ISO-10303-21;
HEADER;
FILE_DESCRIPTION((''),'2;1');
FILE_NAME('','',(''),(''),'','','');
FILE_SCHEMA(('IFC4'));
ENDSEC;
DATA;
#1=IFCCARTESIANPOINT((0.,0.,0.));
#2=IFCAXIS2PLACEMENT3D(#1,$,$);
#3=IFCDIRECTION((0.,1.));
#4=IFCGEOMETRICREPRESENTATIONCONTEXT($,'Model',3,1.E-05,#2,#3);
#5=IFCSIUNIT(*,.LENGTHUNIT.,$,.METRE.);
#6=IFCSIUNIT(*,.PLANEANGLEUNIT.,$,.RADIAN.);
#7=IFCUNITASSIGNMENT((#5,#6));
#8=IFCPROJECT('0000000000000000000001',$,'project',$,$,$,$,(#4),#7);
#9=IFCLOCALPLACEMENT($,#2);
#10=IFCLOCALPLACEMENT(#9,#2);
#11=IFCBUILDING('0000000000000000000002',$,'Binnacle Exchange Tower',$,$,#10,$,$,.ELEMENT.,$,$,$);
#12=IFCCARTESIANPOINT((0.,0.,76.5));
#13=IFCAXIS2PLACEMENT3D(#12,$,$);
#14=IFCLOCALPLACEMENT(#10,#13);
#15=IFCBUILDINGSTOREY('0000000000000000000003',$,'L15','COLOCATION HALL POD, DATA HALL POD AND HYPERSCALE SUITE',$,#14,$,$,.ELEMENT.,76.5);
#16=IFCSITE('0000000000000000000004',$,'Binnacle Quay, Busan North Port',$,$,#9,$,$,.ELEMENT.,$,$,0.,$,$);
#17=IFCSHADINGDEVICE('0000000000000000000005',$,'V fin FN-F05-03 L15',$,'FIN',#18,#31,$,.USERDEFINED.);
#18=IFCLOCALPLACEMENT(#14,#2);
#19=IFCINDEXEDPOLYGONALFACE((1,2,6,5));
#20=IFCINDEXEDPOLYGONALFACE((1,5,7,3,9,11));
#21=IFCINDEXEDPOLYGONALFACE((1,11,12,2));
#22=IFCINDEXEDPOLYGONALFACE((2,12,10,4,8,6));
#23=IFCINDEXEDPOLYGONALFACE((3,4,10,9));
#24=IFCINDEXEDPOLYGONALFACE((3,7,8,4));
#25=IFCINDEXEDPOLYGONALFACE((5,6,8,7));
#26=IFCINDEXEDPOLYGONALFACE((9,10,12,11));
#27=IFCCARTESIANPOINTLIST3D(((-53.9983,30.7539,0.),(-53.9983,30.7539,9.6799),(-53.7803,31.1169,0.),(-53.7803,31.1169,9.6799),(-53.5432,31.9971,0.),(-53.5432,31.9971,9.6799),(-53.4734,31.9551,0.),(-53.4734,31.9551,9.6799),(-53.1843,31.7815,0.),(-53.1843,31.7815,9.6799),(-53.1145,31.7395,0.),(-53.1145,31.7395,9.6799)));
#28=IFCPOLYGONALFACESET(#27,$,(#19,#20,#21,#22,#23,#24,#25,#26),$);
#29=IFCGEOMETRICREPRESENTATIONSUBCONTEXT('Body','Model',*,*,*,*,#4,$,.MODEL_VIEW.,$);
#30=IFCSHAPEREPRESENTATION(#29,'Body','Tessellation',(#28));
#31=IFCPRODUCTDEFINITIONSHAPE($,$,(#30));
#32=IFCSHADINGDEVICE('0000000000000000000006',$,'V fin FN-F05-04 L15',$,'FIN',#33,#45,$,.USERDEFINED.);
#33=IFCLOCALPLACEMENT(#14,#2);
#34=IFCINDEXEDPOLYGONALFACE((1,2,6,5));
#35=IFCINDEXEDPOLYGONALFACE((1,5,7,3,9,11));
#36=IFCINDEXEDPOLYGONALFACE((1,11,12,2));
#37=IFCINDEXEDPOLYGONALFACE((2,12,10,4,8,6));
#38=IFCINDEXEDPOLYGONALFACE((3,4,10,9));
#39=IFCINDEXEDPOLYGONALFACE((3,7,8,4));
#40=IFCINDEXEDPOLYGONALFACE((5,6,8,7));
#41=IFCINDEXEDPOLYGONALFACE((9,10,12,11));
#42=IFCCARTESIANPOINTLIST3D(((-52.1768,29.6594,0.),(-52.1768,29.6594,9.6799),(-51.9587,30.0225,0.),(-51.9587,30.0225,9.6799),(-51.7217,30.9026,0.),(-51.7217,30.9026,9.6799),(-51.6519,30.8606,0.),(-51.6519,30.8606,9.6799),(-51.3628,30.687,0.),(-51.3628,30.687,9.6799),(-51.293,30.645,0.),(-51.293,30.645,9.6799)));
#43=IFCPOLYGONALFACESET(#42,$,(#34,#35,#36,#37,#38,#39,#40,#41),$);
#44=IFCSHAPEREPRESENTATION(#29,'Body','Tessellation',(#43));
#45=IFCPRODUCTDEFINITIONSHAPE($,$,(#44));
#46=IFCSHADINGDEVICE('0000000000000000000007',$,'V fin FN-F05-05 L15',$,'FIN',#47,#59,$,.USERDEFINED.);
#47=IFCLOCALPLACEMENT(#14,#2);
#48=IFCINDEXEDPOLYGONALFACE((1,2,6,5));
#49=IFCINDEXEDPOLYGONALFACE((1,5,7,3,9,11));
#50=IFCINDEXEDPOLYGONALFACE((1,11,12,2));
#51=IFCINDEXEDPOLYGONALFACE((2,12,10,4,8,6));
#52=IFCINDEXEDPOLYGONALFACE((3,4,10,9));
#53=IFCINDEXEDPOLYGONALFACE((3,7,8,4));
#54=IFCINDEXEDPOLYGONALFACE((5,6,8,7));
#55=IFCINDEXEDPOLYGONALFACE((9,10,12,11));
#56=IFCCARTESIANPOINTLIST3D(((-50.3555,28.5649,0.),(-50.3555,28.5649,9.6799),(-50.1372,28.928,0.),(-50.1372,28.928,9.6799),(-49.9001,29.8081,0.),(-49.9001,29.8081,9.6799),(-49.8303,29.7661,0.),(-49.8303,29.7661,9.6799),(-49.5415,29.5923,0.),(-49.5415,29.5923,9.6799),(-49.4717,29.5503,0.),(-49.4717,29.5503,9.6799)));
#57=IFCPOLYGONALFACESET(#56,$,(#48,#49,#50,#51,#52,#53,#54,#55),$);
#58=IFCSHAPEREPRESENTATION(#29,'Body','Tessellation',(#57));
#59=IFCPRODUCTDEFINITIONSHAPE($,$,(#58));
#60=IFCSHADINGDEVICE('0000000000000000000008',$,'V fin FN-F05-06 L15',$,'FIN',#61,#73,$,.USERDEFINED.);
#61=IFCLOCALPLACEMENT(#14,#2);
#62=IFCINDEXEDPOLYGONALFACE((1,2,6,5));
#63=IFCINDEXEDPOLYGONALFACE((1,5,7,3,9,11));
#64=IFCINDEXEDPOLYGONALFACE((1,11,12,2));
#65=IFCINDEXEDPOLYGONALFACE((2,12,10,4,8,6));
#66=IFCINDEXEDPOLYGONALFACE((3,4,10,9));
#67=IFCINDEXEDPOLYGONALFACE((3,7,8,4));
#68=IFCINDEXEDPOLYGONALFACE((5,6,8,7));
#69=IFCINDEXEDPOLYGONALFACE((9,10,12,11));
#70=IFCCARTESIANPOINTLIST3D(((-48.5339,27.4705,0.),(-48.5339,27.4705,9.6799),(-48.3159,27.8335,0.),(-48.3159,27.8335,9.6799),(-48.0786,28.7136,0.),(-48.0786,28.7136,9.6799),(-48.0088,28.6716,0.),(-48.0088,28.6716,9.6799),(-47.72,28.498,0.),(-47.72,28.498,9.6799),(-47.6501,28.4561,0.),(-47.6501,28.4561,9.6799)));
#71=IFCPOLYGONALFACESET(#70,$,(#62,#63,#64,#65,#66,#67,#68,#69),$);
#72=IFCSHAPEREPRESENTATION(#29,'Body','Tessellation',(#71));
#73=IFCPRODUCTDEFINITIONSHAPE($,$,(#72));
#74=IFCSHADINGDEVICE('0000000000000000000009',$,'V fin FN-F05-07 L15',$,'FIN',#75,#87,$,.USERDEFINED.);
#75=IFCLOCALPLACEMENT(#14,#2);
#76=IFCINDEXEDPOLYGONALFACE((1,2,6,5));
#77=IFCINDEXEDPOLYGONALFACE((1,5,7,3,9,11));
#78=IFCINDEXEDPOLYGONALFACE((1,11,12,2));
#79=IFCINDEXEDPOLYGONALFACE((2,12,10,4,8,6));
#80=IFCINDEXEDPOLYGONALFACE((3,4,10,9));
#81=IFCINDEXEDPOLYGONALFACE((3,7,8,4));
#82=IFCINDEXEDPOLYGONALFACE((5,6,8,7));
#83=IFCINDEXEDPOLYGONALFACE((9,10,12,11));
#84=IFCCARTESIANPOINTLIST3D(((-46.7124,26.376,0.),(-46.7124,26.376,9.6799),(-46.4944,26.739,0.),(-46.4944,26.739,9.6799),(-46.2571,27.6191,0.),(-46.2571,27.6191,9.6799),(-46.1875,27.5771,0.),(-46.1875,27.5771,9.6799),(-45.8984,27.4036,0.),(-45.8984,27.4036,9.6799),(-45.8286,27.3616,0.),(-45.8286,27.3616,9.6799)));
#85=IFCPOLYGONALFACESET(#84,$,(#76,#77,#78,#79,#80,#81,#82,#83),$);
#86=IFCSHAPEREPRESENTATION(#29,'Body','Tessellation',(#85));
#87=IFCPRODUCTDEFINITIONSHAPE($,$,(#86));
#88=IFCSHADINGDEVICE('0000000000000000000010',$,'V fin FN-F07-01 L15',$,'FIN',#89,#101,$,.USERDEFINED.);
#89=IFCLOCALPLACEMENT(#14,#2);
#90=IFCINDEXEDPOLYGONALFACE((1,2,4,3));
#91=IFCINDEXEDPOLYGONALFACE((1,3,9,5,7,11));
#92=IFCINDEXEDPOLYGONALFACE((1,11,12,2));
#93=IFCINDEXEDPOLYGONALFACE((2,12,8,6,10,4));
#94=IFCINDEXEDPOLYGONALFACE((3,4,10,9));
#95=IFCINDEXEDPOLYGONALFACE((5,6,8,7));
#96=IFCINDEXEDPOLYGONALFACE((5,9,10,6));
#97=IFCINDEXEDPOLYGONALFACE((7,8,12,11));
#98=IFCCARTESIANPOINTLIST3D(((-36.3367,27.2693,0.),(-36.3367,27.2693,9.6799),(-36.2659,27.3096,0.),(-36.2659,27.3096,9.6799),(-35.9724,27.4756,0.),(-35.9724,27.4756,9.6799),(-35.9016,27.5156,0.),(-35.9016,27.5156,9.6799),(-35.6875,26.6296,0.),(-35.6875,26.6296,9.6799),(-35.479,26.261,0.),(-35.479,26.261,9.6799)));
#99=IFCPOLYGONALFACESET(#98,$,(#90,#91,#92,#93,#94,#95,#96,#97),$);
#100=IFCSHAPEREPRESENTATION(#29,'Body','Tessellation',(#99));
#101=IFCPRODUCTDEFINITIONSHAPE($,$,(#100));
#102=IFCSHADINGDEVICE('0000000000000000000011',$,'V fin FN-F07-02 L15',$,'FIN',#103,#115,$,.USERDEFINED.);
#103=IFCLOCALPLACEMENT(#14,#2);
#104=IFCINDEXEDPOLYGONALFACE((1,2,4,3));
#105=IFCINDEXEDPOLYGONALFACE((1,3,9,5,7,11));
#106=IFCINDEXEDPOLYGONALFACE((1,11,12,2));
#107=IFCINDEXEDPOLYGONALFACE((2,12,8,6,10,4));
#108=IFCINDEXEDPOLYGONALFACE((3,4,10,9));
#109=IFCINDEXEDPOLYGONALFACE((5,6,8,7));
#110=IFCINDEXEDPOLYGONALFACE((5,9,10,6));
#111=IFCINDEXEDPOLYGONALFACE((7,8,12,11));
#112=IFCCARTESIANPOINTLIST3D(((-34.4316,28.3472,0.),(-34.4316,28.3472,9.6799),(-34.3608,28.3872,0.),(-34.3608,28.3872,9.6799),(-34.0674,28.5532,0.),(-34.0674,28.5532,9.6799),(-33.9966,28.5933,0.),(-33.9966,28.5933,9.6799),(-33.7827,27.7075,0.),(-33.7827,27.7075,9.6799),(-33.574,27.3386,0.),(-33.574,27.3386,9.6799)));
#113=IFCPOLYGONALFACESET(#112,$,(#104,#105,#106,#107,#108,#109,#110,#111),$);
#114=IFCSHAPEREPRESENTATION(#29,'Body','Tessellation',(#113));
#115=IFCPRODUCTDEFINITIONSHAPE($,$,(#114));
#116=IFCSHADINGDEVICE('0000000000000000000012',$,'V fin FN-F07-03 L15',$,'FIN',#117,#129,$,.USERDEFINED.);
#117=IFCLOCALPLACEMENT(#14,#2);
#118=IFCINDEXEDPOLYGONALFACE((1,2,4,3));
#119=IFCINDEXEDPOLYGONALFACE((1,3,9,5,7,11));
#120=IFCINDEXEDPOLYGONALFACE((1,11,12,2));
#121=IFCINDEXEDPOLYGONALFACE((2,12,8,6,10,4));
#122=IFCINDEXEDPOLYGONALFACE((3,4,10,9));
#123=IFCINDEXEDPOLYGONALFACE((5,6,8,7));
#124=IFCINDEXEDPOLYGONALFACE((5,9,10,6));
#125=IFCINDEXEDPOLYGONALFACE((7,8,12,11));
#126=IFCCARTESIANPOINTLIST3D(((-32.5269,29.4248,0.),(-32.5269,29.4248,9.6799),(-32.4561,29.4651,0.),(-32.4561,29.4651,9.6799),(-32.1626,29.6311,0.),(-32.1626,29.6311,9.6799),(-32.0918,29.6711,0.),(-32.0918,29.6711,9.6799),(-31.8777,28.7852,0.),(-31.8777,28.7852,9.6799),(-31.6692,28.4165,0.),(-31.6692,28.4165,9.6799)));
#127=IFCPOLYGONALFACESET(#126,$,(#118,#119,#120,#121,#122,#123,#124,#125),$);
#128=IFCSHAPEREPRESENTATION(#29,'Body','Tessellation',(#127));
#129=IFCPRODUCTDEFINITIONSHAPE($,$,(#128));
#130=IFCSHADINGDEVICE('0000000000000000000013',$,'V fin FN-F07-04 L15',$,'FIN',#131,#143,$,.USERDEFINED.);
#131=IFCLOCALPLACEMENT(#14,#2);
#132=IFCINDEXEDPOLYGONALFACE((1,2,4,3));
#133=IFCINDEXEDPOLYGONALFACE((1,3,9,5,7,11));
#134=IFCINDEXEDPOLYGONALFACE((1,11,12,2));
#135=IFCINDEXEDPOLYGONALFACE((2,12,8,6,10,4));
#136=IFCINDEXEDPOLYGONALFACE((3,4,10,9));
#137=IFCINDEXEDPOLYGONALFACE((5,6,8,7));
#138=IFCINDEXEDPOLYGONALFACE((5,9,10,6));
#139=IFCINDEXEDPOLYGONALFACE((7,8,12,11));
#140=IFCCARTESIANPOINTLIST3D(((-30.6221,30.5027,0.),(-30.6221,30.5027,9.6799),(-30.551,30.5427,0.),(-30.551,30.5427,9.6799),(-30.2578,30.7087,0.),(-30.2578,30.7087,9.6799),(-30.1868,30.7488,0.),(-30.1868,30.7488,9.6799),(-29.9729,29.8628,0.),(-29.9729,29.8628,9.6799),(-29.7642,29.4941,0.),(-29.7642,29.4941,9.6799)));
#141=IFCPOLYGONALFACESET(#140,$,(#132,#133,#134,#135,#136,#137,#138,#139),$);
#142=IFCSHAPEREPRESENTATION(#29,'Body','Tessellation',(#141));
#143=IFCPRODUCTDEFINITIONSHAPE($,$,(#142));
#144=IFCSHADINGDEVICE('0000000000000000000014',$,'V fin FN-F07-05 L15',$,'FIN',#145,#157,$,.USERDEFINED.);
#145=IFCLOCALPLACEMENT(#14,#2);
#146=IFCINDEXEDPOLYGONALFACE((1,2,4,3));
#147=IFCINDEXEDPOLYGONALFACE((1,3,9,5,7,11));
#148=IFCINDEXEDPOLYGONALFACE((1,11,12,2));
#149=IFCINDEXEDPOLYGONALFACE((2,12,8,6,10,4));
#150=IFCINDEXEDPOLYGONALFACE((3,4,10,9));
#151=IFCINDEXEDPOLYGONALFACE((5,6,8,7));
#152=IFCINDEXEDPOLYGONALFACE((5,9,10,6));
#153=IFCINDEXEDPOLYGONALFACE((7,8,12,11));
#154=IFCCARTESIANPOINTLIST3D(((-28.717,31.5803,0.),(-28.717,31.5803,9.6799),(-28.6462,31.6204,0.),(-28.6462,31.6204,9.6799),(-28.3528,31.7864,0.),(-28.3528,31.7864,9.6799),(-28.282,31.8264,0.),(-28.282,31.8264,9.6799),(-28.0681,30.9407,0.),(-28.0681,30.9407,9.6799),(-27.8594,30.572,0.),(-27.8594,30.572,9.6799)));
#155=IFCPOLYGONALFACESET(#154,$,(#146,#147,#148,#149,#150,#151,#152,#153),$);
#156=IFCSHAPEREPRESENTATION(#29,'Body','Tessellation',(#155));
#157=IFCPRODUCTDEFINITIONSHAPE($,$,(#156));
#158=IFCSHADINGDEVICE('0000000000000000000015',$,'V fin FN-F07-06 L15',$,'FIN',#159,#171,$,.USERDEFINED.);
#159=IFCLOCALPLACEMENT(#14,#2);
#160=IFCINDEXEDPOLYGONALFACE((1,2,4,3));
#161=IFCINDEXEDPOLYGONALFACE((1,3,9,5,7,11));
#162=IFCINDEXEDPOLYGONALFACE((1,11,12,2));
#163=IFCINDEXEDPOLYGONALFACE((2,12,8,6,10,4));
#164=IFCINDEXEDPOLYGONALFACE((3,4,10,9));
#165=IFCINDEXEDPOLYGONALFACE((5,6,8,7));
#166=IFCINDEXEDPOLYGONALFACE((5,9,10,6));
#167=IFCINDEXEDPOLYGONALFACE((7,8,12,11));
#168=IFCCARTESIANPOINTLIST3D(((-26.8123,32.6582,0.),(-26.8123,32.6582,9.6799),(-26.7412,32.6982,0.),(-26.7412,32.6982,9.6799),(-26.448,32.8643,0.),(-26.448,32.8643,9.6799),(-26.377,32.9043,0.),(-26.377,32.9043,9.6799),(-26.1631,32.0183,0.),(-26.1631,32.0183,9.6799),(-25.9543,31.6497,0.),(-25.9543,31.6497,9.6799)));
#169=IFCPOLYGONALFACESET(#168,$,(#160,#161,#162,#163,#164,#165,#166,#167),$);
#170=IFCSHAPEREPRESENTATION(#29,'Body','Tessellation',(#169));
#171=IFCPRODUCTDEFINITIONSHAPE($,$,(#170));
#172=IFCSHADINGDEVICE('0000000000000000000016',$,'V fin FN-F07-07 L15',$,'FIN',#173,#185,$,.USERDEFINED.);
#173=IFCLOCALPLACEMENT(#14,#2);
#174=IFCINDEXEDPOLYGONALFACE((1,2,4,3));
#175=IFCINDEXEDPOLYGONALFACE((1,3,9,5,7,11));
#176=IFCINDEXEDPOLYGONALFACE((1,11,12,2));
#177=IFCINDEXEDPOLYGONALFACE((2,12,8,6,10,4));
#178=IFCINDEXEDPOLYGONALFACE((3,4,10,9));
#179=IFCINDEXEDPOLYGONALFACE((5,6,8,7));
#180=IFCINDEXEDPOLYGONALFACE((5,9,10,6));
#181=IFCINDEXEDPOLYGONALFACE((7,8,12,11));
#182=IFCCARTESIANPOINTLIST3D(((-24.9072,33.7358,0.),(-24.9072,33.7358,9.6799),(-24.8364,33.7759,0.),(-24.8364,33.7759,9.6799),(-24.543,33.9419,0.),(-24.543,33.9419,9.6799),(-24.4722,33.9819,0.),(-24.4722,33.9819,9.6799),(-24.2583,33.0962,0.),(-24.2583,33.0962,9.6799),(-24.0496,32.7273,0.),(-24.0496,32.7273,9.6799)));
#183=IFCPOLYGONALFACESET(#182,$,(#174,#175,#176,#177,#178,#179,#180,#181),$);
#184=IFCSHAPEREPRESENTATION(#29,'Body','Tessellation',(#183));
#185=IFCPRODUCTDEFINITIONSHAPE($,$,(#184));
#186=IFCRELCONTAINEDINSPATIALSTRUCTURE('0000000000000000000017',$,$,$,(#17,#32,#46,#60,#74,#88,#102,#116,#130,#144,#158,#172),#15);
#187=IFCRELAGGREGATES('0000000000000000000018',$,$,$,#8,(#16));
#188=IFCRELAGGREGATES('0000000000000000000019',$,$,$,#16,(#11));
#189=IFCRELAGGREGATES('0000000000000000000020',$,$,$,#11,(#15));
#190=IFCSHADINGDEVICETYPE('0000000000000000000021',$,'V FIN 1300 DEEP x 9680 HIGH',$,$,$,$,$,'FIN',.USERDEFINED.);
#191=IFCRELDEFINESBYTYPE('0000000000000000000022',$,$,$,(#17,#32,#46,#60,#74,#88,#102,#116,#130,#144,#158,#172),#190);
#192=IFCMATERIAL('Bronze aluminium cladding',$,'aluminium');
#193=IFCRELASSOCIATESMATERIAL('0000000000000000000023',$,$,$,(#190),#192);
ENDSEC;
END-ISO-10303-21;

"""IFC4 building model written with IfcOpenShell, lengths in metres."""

from ifc_helpers import new_model, si_unit, direction, frame, origin, place, context, subcontext, project, spatial, polyline, outline, extrude, material, type_object, element, save


model = new_model("IFC4")

# Units and contexts
model_context = context("Model", 3, precision=1e-05, world=origin(), true_north=direction((0.0, 1.0)))
body_context = subcontext(model_context, "Body", "Model", "MODEL_VIEW")
ifc_project = project(units=[si_unit("LENGTHUNIT", "METRE"), si_unit("PLANEANGLEUNIT", "RADIAN")], contexts=[model_context])

# Site, building, storey
site_placement = place(None, origin())
site = spatial("IfcSite", under=ifc_project, at=site_placement, Name="Binnacle Quay, Busan North Port", CompositionType="ELEMENT", RefElevation=0.0)
building_placement = place(site_placement, origin())
building = spatial("IfcBuilding", under=site, at=building_placement, Name="Binnacle Exchange Tower", CompositionType="ELEMENT")
storey_placement = place(building_placement, frame((0.0, 0.0, 76.5)))
storey = spatial("IfcBuildingStorey", under=building, at=storey_placement, Name="L15", Description="COLOCATION HALL POD, DATA HALL POD AND HYPERSCALE SUITE", CompositionType="ELEMENT", Elevation=76.5)

# Shading devices
ifc_material = material(Name="Bronze aluminium cladding", Category="aluminium")
shading_device_type = type_object("IfcShadingDeviceType", Name="V FIN 1300 DEEP x 9680 HIGH", ElementType="FIN", PredefinedType="USERDEFINED", material=ifc_material)
shading_device_1_placement = place(storey_placement, origin())
element("IfcShadingDevice", 1, at=shading_device_1_placement, inside=storey, type_object=shading_device_type, Name="V fin FN-F05-03 L15", ObjectType="FIN", PredefinedType="USERDEFINED", context=body_context, shape_type="SweptSolid", body=[
    extrude(outline(polyline([(-53.5432, 31.9971), (-53.9983, 30.7539), (-53.1145, 31.7395), (-53.1843, 31.7815), (-53.7803, 31.1169), (-53.4734, 31.9551), (-53.5432, 31.9971)])), origin(), (0.0, 0.0, 1.0), 9.6799),
])
shading_device_2_placement = place(storey_placement, origin())
element("IfcShadingDevice", 2, at=shading_device_2_placement, inside=storey, type_object=shading_device_type, Name="V fin FN-F05-04 L15", ObjectType="FIN", PredefinedType="USERDEFINED", context=body_context, shape_type="SweptSolid", body=[
    extrude(outline(polyline([(-51.7217, 30.9026), (-52.1768, 29.6594), (-51.293, 30.645), (-51.3628, 30.687), (-51.9587, 30.0225), (-51.6519, 30.8606), (-51.7217, 30.9026)])), origin(), (0.0, 0.0, 1.0), 9.6799),
])
shading_device_3_placement = place(storey_placement, origin())
element("IfcShadingDevice", 3, at=shading_device_3_placement, inside=storey, type_object=shading_device_type, Name="V fin FN-F05-05 L15", ObjectType="FIN", PredefinedType="USERDEFINED", context=body_context, shape_type="SweptSolid", body=[
    extrude(outline(polyline([(-49.9001, 29.8081), (-50.3555, 28.5649), (-49.4717, 29.5503), (-49.5415, 29.5923), (-50.1372, 28.928), (-49.8303, 29.7661), (-49.9001, 29.8081)])), origin(), (0.0, 0.0, 1.0), 9.6799),
])
shading_device_4_placement = place(storey_placement, origin())
element("IfcShadingDevice", 4, at=shading_device_4_placement, inside=storey, type_object=shading_device_type, Name="V fin FN-F05-06 L15", ObjectType="FIN", PredefinedType="USERDEFINED", context=body_context, shape_type="SweptSolid", body=[
    extrude(outline(polyline([(-48.0786, 28.7136), (-48.5339, 27.4705), (-47.6501, 28.4561), (-47.72, 28.498), (-48.3159, 27.8335), (-48.0088, 28.6716), (-48.0786, 28.7136)])), origin(), (0.0, 0.0, 1.0), 9.6799),
])
shading_device_5_placement = place(storey_placement, origin())
element("IfcShadingDevice", 5, at=shading_device_5_placement, inside=storey, type_object=shading_device_type, Name="V fin FN-F05-07 L15", ObjectType="FIN", PredefinedType="USERDEFINED", context=body_context, shape_type="SweptSolid", body=[
    extrude(outline(polyline([(-46.2571, 27.6191), (-46.7124, 26.376), (-45.8286, 27.3616), (-45.8984, 27.4036), (-46.4944, 26.739), (-46.1875, 27.5771), (-46.2571, 27.6191)])), origin(), (0.0, 0.0, 1.0), 9.6799),
])
shading_device_6_placement = place(storey_placement, origin())
element("IfcShadingDevice", 6, at=shading_device_6_placement, inside=storey, type_object=shading_device_type, Name="V fin FN-F07-01 L15", ObjectType="FIN", PredefinedType="USERDEFINED", context=body_context, shape_type="SweptSolid", body=[
    extrude(outline(polyline([(-36.3367, 27.2693), (-35.479, 26.261), (-35.9016, 27.5156), (-35.9724, 27.4756), (-35.6875, 26.6296), (-36.2659, 27.3096), (-36.3367, 27.2693)])), origin(), (0.0, 0.0, 1.0), 9.6799),
])
shading_device_7_placement = place(storey_placement, origin())
element("IfcShadingDevice", 7, at=shading_device_7_placement, inside=storey, type_object=shading_device_type, Name="V fin FN-F07-02 L15", ObjectType="FIN", PredefinedType="USERDEFINED", context=body_context, shape_type="SweptSolid", body=[
    extrude(outline(polyline([(-34.4316, 28.3472), (-33.574, 27.3386), (-33.9966, 28.5933), (-34.0674, 28.5532), (-33.7827, 27.7075), (-34.3608, 28.3872), (-34.4316, 28.3472)])), origin(), (0.0, 0.0, 1.0), 9.6799),
])
shading_device_8_placement = place(storey_placement, origin())
element("IfcShadingDevice", 8, at=shading_device_8_placement, inside=storey, type_object=shading_device_type, Name="V fin FN-F07-03 L15", ObjectType="FIN", PredefinedType="USERDEFINED", context=body_context, shape_type="SweptSolid", body=[
    extrude(outline(polyline([(-32.5269, 29.4248), (-31.6692, 28.4165), (-32.0918, 29.6711), (-32.1626, 29.6311), (-31.8777, 28.7852), (-32.4561, 29.4651), (-32.5269, 29.4248)])), origin(), (0.0, 0.0, 1.0), 9.6799),
])
shading_device_9_placement = place(storey_placement, origin())
element("IfcShadingDevice", 9, at=shading_device_9_placement, inside=storey, type_object=shading_device_type, Name="V fin FN-F07-04 L15", ObjectType="FIN", PredefinedType="USERDEFINED", context=body_context, shape_type="SweptSolid", body=[
    extrude(outline(polyline([(-30.6221, 30.5027), (-29.7642, 29.4941), (-30.1868, 30.7488), (-30.2578, 30.7087), (-29.9729, 29.8628), (-30.551, 30.5427), (-30.6221, 30.5027)])), origin(), (0.0, 0.0, 1.0), 9.6799),
])
shading_device_10_placement = place(storey_placement, origin())
element("IfcShadingDevice", 10, at=shading_device_10_placement, inside=storey, type_object=shading_device_type, Name="V fin FN-F07-05 L15", ObjectType="FIN", PredefinedType="USERDEFINED", context=body_context, shape_type="SweptSolid", body=[
    extrude(outline(polyline([(-28.717, 31.5803), (-27.8594, 30.572), (-28.282, 31.8264), (-28.3528, 31.7864), (-28.0681, 30.9407), (-28.6462, 31.6204), (-28.717, 31.5803)])), origin(), (0.0, 0.0, 1.0), 9.6799),
])
shading_device_11_placement = place(storey_placement, origin())
element("IfcShadingDevice", 11, at=shading_device_11_placement, inside=storey, type_object=shading_device_type, Name="V fin FN-F07-06 L15", ObjectType="FIN", PredefinedType="USERDEFINED", context=body_context, shape_type="SweptSolid", body=[
    extrude(outline(polyline([(-26.8123, 32.6582), (-25.9543, 31.6497), (-26.377, 32.9043), (-26.448, 32.8643), (-26.1631, 32.0183), (-26.7412, 32.6982), (-26.8123, 32.6582)])), origin(), (0.0, 0.0, 1.0), 9.6799),
])
shading_device_12_placement = place(storey_placement, origin())
element("IfcShadingDevice", 12, at=shading_device_12_placement, inside=storey, type_object=shading_device_type, Name="V fin FN-F07-07 L15", ObjectType="FIN", PredefinedType="USERDEFINED", context=body_context, shape_type="SweptSolid", body=[
    extrude(outline(polyline([(-24.9072, 33.7358), (-24.0496, 32.7273), (-24.4722, 33.9819), (-24.543, 33.9419), (-24.2583, 33.0962), (-24.8364, 33.7759), (-24.9072, 33.7358)])), origin(), (0.0, 0.0, 1.0), 9.6799),
])

save(model, "model.ifc")
